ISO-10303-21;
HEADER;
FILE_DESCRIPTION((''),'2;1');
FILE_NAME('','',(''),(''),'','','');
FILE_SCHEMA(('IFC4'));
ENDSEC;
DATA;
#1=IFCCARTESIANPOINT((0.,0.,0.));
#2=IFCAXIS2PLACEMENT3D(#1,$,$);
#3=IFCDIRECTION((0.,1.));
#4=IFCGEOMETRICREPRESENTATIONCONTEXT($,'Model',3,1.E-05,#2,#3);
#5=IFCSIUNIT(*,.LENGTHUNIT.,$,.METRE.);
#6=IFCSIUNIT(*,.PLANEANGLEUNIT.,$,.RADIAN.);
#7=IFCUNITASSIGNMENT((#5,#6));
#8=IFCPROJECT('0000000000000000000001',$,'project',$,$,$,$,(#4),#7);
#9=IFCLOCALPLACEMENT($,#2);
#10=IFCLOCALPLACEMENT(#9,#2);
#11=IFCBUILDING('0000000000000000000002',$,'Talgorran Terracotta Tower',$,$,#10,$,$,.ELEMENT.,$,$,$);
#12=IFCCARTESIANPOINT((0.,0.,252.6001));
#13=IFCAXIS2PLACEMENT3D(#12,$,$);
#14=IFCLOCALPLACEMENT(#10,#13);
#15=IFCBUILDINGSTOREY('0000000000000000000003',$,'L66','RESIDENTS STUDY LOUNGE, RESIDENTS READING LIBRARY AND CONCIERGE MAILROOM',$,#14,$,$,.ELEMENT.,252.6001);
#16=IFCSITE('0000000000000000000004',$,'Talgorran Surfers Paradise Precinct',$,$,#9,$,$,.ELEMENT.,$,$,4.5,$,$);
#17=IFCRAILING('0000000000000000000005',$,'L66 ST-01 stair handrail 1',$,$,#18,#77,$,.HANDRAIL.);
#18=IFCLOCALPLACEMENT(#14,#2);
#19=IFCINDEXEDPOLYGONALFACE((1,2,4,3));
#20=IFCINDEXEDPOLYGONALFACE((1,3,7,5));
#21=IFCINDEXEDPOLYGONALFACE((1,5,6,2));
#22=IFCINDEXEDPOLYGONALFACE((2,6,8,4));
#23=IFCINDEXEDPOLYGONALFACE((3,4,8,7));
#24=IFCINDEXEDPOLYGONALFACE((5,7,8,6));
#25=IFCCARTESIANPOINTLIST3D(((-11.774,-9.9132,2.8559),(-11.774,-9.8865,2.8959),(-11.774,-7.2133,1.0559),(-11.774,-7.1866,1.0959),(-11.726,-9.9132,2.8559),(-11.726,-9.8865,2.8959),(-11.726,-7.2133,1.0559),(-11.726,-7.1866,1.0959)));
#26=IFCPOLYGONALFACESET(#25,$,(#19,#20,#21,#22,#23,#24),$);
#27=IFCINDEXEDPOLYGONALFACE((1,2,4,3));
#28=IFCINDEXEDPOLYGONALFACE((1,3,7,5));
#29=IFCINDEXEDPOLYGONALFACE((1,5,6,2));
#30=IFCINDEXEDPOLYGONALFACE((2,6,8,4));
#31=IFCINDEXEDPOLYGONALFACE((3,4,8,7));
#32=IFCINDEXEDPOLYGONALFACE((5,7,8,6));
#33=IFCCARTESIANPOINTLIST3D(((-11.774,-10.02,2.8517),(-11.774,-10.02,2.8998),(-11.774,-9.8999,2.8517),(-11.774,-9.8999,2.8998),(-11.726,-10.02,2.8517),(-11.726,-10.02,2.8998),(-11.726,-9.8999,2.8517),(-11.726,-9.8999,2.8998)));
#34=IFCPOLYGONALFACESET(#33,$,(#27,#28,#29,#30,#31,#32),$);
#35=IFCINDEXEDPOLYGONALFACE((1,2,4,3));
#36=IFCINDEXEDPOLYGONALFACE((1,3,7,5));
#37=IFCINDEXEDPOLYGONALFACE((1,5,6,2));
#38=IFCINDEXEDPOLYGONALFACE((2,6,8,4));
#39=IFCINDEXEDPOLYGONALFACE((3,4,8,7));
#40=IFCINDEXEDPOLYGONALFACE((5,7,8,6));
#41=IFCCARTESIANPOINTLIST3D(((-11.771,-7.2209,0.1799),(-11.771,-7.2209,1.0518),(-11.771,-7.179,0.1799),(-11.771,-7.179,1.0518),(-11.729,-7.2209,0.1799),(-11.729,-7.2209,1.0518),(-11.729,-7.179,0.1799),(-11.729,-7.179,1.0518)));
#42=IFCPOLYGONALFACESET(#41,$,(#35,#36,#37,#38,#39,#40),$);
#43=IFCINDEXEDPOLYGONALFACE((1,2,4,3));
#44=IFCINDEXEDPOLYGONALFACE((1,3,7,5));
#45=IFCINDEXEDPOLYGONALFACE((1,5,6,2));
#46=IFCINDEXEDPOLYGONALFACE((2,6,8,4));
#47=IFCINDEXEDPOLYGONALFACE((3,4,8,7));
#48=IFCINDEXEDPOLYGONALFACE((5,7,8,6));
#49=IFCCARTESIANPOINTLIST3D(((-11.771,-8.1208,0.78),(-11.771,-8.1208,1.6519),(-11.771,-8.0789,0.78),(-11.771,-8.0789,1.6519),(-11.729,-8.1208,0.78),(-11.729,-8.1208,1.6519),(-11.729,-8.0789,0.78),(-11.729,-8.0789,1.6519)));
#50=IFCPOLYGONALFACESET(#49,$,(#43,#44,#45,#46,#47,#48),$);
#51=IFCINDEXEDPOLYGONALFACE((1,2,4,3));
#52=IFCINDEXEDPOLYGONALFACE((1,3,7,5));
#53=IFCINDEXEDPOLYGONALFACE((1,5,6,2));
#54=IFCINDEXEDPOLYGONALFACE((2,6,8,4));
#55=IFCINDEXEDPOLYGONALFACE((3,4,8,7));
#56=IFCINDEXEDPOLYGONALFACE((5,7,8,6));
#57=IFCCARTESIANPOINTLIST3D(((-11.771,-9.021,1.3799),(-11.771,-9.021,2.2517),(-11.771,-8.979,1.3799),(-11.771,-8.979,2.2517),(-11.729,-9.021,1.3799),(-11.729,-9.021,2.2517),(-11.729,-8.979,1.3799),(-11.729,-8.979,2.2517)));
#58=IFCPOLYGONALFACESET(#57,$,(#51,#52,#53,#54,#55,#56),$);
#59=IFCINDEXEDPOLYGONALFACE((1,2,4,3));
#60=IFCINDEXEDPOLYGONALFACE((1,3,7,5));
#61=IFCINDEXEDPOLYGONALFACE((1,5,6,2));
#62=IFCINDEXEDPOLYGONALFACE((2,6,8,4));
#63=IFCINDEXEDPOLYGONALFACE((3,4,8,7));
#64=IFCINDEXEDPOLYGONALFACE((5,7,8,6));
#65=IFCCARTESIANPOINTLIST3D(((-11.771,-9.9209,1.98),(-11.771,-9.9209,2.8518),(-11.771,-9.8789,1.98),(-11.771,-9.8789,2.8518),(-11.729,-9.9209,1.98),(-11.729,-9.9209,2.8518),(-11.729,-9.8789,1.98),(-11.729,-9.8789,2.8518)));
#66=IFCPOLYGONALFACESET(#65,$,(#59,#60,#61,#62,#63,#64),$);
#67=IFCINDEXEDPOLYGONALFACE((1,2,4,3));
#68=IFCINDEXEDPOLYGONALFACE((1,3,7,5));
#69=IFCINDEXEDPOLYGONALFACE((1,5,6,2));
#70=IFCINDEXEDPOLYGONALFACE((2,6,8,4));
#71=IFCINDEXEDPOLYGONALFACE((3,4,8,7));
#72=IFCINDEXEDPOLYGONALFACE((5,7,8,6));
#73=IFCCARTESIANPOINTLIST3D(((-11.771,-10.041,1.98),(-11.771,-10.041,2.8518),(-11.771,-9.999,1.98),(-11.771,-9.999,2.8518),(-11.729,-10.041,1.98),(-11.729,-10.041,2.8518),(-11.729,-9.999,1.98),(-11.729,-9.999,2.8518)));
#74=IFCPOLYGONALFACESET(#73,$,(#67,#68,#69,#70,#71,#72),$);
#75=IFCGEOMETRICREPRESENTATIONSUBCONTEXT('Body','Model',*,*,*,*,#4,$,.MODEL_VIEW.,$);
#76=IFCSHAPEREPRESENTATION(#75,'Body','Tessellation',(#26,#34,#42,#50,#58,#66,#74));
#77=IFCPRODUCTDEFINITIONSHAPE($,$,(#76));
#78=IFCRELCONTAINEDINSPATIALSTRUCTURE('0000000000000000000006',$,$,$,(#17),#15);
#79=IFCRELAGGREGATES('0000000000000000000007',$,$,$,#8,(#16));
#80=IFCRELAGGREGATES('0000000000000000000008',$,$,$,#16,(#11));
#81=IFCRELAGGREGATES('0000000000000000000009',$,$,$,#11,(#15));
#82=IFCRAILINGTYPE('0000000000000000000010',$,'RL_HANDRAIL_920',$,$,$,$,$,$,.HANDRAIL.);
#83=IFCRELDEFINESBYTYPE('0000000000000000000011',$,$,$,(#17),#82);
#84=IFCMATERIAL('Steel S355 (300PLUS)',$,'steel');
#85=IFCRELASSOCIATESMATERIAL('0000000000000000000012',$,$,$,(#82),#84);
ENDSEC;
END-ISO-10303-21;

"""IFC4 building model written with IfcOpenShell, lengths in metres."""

from ifc_helpers import new_model, si_unit, direction, frame, origin, origin_2d, place, context, subcontext, project, spatial, rectangle, extrude, material, type_object, element, save


model = new_model("IFC4")

# Units and contexts
model_context = context("Model", 3, precision=1e-05, world=origin(), true_north=direction((0.0, 1.0)))
body_context = subcontext(model_context, "Body", "Model", "MODEL_VIEW")
ifc_project = project(units=[si_unit("LENGTHUNIT", "METRE"), si_unit("PLANEANGLEUNIT", "RADIAN")], contexts=[model_context])

# Site, building, storey
site_placement = place(None, origin())
site = spatial("IfcSite", under=ifc_project, at=site_placement, Name="Talgorran Surfers Paradise Precinct", CompositionType="ELEMENT", RefElevation=4.5)
building_placement = place(site_placement, origin())
building = spatial("IfcBuilding", under=site, at=building_placement, Name="Talgorran Terracotta Tower", CompositionType="ELEMENT")
storey_placement = place(building_placement, frame((0.0, 0.0, 252.6001)))
storey = spatial("IfcBuildingStorey", under=building, at=storey_placement, Name="L66", Description="RESIDENTS STUDY LOUNGE, RESIDENTS READING LIBRARY AND CONCIERGE MAILROOM", CompositionType="ELEMENT", Elevation=252.6001)

# Shared definitions
ifc_material_1 = material(Name="Steel S355 (300PLUS)", Category="steel")

# Railing
railing_type = type_object("IfcRailingType", Name="RL_HANDRAIL_920", PredefinedType="HANDRAIL", material=ifc_material_1)
railing_placement = place(storey_placement, frame((-11.75, -7.2, 0.1799)))
element("IfcRailing", 1, at=railing_placement, inside=storey, type_object=railing_type, Name="L66 ST-01 stair handrail 1", PredefinedType="HANDRAIL", context=body_context, shape_type="SweptSolid", body=[
    extrude(rectangle(XDim=0.0481, YDim=0.0481, at=origin_2d()), frame((0.0, 0.0, 0.896), z_axis=(0.0, -0.832039, 0.554718), x_axis=(1.0, 0.0, 0.0)), (0.0, 0.0, 1.0), 3.2449),
    extrude(rectangle(XDim=0.0481, YDim=0.0481, at=origin_2d()), frame((0.0, -2.7, 2.6958), z_axis=(0.0, -1.0, 0.0), x_axis=(1.0, 0.0, 0.0)), (0.0, 0.0, 1.0), 0.1201),
    extrude(rectangle(XDim=0.042, YDim=0.042, at=origin_2d()), origin(), (0.0, 0.0, 1.0), 0.8718),
    extrude(rectangle(XDim=0.042, YDim=0.042, at=origin_2d()), frame((0.0, -0.8999, 0.6001)), (0.0, 0.0, 1.0), 0.8718),
    extrude(rectangle(XDim=0.042, YDim=0.042, at=origin_2d()), frame((0.0, -1.8, 1.2)), (0.0, 0.0, 1.0), 0.8718),
    extrude(rectangle(XDim=0.042, YDim=0.042, at=origin_2d()), frame((0.0, -2.7, 1.8)), (0.0, 0.0, 1.0), 0.8718),
    extrude(rectangle(XDim=0.042, YDim=0.042, at=origin_2d()), frame((0.0, -2.8201, 1.8)), (0.0, 0.0, 1.0), 0.8718),
])

save(model, "model.ifc")
